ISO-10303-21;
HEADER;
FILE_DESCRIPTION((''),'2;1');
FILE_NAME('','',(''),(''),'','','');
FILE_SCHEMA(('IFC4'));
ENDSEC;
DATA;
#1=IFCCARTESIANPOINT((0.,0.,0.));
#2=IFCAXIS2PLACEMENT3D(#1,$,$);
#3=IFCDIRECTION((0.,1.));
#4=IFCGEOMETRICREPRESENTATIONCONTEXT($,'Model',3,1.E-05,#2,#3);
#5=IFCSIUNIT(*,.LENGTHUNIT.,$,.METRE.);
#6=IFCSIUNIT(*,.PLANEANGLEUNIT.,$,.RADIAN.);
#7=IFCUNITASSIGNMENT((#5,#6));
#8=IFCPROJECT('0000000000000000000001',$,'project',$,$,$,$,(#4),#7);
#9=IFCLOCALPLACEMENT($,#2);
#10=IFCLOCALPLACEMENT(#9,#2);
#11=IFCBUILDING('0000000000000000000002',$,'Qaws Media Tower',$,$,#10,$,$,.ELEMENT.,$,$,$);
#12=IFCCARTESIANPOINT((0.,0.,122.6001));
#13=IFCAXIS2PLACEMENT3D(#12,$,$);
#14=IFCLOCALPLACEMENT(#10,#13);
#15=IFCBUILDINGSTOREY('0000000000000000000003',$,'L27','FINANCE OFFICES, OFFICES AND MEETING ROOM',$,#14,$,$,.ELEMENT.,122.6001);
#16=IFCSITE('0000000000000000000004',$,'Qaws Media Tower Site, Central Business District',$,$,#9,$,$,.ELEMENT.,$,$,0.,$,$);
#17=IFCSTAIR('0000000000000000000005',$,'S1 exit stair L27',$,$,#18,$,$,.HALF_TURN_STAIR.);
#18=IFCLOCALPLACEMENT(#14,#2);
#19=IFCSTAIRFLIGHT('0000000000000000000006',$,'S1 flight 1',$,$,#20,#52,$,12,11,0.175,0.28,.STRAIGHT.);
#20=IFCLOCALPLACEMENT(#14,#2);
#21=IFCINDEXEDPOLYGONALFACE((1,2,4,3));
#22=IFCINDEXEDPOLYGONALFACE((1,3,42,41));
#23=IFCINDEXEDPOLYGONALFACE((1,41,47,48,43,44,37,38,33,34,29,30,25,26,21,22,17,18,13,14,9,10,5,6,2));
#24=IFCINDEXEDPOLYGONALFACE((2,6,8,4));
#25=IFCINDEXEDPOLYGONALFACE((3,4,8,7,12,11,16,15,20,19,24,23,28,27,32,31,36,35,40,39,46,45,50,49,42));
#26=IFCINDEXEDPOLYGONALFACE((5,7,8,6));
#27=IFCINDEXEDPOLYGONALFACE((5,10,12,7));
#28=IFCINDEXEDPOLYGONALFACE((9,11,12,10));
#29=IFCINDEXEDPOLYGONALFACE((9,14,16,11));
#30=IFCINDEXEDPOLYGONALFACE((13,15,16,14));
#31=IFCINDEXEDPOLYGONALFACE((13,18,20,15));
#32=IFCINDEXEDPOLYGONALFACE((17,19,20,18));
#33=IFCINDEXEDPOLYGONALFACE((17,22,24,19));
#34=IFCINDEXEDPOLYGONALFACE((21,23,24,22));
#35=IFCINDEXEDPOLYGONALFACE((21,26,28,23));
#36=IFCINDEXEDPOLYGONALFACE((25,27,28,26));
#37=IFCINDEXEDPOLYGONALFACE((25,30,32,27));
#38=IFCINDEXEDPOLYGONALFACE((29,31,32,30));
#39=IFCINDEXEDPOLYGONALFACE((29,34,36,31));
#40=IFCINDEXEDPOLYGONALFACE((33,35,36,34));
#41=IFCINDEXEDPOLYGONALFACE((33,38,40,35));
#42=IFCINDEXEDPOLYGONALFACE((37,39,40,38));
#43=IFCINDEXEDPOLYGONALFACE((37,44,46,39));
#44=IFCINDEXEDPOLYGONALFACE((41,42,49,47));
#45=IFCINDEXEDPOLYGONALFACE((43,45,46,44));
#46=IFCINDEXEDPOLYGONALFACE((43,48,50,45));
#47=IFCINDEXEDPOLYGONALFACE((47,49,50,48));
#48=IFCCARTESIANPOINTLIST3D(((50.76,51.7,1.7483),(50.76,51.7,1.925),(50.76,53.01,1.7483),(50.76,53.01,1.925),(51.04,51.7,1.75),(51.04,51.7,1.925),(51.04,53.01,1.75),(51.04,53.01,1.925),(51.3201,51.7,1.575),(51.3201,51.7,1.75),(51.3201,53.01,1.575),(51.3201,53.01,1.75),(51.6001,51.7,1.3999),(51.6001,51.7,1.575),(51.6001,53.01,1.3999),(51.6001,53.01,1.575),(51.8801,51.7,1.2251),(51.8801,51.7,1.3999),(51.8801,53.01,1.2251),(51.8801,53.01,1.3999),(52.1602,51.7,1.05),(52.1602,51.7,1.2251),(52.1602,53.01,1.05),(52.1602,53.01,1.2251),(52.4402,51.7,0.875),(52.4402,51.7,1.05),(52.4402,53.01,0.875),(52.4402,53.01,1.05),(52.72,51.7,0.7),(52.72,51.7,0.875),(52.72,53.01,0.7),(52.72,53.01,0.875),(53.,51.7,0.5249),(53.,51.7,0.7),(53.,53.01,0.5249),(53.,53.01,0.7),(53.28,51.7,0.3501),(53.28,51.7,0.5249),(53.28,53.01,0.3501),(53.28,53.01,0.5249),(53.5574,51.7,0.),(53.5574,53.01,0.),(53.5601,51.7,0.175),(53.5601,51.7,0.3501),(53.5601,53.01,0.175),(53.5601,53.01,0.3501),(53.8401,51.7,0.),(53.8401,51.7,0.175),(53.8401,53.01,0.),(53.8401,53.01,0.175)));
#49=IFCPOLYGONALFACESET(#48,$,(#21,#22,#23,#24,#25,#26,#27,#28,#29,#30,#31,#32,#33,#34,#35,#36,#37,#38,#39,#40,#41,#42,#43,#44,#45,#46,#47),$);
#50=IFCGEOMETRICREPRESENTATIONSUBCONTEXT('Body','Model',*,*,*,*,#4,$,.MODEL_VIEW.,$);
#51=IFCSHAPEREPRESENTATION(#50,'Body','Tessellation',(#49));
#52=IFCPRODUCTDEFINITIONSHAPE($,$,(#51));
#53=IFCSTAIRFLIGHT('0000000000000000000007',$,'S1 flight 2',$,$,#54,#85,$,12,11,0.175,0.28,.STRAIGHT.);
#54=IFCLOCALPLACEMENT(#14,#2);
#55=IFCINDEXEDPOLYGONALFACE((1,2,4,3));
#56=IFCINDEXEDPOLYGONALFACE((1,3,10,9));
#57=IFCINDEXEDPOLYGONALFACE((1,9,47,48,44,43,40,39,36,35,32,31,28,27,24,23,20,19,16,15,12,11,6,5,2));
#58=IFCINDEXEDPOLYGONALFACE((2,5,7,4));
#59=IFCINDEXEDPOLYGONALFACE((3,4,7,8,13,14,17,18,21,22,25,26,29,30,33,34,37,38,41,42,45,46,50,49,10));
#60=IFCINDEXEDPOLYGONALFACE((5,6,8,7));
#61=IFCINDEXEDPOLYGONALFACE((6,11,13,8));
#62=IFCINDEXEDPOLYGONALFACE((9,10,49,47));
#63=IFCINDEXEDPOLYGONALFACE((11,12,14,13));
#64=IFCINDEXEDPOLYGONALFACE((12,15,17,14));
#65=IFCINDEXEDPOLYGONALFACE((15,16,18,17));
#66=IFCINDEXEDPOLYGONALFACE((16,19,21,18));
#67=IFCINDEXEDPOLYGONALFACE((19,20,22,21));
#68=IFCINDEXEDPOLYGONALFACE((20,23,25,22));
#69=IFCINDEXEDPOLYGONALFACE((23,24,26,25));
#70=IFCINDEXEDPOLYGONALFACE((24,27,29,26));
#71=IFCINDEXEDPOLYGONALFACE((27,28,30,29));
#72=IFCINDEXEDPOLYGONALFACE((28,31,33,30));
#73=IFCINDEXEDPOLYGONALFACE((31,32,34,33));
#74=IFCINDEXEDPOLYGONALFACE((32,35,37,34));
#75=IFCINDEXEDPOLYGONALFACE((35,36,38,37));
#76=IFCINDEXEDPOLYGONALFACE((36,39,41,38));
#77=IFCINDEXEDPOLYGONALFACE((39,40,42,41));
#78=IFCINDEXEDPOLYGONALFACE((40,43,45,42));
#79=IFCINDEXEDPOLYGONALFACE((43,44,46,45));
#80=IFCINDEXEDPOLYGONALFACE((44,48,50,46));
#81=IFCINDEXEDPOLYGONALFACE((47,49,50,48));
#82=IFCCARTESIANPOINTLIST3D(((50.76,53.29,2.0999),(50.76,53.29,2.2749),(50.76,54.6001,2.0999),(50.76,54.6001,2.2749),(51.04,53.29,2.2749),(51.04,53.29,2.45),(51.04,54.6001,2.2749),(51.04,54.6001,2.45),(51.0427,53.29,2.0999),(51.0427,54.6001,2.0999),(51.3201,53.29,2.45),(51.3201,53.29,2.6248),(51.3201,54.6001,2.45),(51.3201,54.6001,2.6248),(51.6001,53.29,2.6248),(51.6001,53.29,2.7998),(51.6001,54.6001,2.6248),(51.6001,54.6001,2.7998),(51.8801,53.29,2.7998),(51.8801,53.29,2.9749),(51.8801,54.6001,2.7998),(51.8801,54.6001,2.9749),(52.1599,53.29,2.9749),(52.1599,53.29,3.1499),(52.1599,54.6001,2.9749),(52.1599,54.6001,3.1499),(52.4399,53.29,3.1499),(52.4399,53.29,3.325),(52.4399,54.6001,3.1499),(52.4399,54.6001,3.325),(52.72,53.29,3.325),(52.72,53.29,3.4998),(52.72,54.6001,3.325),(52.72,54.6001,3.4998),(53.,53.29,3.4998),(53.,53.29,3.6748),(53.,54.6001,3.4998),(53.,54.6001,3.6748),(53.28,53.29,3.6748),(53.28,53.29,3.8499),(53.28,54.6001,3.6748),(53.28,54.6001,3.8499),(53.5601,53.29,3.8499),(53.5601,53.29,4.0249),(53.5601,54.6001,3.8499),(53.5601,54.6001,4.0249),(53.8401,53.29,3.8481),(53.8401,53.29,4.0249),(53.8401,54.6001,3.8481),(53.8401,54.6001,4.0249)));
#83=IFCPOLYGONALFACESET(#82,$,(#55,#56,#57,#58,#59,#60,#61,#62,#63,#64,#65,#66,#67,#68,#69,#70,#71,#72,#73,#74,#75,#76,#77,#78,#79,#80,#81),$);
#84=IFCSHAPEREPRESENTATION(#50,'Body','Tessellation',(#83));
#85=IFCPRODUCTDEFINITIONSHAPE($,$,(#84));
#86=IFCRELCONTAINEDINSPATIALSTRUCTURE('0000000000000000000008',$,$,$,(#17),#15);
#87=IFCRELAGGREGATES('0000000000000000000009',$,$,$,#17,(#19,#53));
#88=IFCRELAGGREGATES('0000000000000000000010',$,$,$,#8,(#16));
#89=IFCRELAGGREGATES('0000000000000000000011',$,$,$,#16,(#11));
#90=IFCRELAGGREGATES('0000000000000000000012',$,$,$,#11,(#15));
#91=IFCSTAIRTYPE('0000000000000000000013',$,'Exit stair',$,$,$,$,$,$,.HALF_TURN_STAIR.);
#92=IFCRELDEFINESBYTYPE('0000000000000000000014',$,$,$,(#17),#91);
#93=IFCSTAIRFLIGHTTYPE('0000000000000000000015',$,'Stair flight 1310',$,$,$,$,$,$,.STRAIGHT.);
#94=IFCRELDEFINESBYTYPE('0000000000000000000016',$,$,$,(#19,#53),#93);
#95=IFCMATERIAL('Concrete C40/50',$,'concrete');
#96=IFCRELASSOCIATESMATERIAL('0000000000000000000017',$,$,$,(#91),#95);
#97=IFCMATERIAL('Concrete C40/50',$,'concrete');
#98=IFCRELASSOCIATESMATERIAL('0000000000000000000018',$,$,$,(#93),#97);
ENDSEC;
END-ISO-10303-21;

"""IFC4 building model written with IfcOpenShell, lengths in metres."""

from ifc_helpers import new_model, si_unit, direction, frame, origin, place, context, subcontext, project, spatial, polyline, outline, extrude, material, type_object, element, aggregate, save


model = new_model("IFC4")

# Units and contexts
model_context = context("Model", 3, precision=1e-05, world=origin(), true_north=direction((0.0, 1.0)))
body_context = subcontext(model_context, "Body", "Model", "MODEL_VIEW")
ifc_project = project(units=[si_unit("LENGTHUNIT", "METRE"), si_unit("PLANEANGLEUNIT", "RADIAN")], contexts=[model_context])

# Site, building, storey
site_placement = place(None, origin())
site = spatial("IfcSite", under=ifc_project, at=site_placement, Name="Qaws Media Tower Site, Central Business District", CompositionType="ELEMENT", RefElevation=0.0)
building_placement = place(site_placement, origin())
building = spatial("IfcBuilding", under=site, at=building_placement, Name="Qaws Media Tower", CompositionType="ELEMENT")
storey_placement = place(building_placement, frame((0.0, 0.0, 122.6001)))
storey = spatial("IfcBuildingStorey", under=building, at=storey_placement, Name="L27", Description="FINANCE OFFICES, OFFICES AND MEETING ROOM", CompositionType="ELEMENT", Elevation=122.6001)

# Stair, stair flights
ifc_material_1 = material(Name="Concrete C40/50", Category="concrete")
stair_type = type_object("IfcStairType", Name="Exit stair", PredefinedType="HALF_TURN_STAIR", material=ifc_material_1)
stair_placement = place(storey_placement, origin())
stair = element("IfcStair", 1, at=stair_placement, inside=storey, type_object=stair_type, Name="S1 exit stair L27", PredefinedType="HALF_TURN_STAIR")
ifc_material_2 = material(Name="Concrete C40/50", Category="concrete")
stair_flight_type = type_object("IfcStairFlightType", Name="Stair flight 1310", PredefinedType="STRAIGHT", material=ifc_material_2)
stair_flight_1_placement = place(storey_placement, frame((53.8401, 52.355, 0.0), z_axis=(0.0, 0.0, 1.0), x_axis=(-1.0, 0.0, 0.0)))
stair_flight_1 = element("IfcStairFlight", 2, at=stair_flight_1_placement, type_object=stair_flight_type, Name="S1 flight 1", NumberOfRisers=12, NumberOfTreads=11, PredefinedType="STRAIGHT", RiserHeight=0.175, TreadLength=0.28, context=body_context, shape_type="SweptSolid", body=[
    extrude(outline(polyline([(0.0, 0.0), (0.0, 0.175), (0.28, 0.175), (0.28, 0.3501), (0.5601, 0.3501), (0.5601, 0.5249), (0.8401, 0.5249), (0.8401, 0.7), (1.1201, 0.7), (1.1201, 0.875), (1.3999, 0.875), (1.3999, 1.05), (1.6799, 1.05), (1.6799, 1.2251), (1.96, 1.2251), (1.96, 1.3999), (2.24, 1.3999), (2.24, 1.575), (2.52, 1.575), (2.52, 1.75), (2.8, 1.75), (2.8, 1.925), (3.0801, 1.925), (3.0801, 2.1001), (3.0801, 1.7483), (0.2827, 0.0), (0.0, 0.0)])), frame((0.0, 0.655, 0.0), z_axis=(0.0, -1.0, 0.0), x_axis=(1.0, 0.0, 0.0)), (0.0, 0.0, 1.0), 1.3101),
])
stair_flight_2_placement = place(storey_placement, frame((50.76, 53.9451, 2.0999), z_axis=(0.0, 0.0, 1.0), x_axis=(1.0, 0.0, 0.0)))
stair_flight_2 = element("IfcStairFlight", 3, at=stair_flight_2_placement, type_object=stair_flight_type, Name="S1 flight 2", NumberOfRisers=12, NumberOfTreads=11, PredefinedType="STRAIGHT", RiserHeight=0.175, TreadLength=0.28, context=body_context, shape_type="SweptSolid", body=[
    extrude(outline(polyline([(0.0, 0.0), (0.0, 0.175), (0.28, 0.175), (0.28, 0.3501), (0.5601, 0.3501), (0.5601, 0.5249), (0.8401, 0.5249), (0.8401, 0.7), (1.1201, 0.7), (1.1201, 0.875), (1.3999, 0.875), (1.3999, 1.05), (1.6799, 1.05), (1.6799, 1.2251), (1.96, 1.2251), (1.96, 1.3999), (2.24, 1.3999), (2.24, 1.575), (2.52, 1.575), (2.52, 1.75), (2.8, 1.75), (2.8, 1.925), (3.0801, 1.925), (3.0801, 2.1001), (3.0801, 1.7483), (0.2827, 0.0), (0.0, 0.0)])), frame((0.0, 0.655, 0.0), z_axis=(0.0, -1.0, 0.0), x_axis=(1.0, 0.0, 0.0)), (0.0, 0.0, 1.0), 1.3101),
])
aggregate(stair, [stair_flight_1, stair_flight_2])

save(model, "model.ifc")
